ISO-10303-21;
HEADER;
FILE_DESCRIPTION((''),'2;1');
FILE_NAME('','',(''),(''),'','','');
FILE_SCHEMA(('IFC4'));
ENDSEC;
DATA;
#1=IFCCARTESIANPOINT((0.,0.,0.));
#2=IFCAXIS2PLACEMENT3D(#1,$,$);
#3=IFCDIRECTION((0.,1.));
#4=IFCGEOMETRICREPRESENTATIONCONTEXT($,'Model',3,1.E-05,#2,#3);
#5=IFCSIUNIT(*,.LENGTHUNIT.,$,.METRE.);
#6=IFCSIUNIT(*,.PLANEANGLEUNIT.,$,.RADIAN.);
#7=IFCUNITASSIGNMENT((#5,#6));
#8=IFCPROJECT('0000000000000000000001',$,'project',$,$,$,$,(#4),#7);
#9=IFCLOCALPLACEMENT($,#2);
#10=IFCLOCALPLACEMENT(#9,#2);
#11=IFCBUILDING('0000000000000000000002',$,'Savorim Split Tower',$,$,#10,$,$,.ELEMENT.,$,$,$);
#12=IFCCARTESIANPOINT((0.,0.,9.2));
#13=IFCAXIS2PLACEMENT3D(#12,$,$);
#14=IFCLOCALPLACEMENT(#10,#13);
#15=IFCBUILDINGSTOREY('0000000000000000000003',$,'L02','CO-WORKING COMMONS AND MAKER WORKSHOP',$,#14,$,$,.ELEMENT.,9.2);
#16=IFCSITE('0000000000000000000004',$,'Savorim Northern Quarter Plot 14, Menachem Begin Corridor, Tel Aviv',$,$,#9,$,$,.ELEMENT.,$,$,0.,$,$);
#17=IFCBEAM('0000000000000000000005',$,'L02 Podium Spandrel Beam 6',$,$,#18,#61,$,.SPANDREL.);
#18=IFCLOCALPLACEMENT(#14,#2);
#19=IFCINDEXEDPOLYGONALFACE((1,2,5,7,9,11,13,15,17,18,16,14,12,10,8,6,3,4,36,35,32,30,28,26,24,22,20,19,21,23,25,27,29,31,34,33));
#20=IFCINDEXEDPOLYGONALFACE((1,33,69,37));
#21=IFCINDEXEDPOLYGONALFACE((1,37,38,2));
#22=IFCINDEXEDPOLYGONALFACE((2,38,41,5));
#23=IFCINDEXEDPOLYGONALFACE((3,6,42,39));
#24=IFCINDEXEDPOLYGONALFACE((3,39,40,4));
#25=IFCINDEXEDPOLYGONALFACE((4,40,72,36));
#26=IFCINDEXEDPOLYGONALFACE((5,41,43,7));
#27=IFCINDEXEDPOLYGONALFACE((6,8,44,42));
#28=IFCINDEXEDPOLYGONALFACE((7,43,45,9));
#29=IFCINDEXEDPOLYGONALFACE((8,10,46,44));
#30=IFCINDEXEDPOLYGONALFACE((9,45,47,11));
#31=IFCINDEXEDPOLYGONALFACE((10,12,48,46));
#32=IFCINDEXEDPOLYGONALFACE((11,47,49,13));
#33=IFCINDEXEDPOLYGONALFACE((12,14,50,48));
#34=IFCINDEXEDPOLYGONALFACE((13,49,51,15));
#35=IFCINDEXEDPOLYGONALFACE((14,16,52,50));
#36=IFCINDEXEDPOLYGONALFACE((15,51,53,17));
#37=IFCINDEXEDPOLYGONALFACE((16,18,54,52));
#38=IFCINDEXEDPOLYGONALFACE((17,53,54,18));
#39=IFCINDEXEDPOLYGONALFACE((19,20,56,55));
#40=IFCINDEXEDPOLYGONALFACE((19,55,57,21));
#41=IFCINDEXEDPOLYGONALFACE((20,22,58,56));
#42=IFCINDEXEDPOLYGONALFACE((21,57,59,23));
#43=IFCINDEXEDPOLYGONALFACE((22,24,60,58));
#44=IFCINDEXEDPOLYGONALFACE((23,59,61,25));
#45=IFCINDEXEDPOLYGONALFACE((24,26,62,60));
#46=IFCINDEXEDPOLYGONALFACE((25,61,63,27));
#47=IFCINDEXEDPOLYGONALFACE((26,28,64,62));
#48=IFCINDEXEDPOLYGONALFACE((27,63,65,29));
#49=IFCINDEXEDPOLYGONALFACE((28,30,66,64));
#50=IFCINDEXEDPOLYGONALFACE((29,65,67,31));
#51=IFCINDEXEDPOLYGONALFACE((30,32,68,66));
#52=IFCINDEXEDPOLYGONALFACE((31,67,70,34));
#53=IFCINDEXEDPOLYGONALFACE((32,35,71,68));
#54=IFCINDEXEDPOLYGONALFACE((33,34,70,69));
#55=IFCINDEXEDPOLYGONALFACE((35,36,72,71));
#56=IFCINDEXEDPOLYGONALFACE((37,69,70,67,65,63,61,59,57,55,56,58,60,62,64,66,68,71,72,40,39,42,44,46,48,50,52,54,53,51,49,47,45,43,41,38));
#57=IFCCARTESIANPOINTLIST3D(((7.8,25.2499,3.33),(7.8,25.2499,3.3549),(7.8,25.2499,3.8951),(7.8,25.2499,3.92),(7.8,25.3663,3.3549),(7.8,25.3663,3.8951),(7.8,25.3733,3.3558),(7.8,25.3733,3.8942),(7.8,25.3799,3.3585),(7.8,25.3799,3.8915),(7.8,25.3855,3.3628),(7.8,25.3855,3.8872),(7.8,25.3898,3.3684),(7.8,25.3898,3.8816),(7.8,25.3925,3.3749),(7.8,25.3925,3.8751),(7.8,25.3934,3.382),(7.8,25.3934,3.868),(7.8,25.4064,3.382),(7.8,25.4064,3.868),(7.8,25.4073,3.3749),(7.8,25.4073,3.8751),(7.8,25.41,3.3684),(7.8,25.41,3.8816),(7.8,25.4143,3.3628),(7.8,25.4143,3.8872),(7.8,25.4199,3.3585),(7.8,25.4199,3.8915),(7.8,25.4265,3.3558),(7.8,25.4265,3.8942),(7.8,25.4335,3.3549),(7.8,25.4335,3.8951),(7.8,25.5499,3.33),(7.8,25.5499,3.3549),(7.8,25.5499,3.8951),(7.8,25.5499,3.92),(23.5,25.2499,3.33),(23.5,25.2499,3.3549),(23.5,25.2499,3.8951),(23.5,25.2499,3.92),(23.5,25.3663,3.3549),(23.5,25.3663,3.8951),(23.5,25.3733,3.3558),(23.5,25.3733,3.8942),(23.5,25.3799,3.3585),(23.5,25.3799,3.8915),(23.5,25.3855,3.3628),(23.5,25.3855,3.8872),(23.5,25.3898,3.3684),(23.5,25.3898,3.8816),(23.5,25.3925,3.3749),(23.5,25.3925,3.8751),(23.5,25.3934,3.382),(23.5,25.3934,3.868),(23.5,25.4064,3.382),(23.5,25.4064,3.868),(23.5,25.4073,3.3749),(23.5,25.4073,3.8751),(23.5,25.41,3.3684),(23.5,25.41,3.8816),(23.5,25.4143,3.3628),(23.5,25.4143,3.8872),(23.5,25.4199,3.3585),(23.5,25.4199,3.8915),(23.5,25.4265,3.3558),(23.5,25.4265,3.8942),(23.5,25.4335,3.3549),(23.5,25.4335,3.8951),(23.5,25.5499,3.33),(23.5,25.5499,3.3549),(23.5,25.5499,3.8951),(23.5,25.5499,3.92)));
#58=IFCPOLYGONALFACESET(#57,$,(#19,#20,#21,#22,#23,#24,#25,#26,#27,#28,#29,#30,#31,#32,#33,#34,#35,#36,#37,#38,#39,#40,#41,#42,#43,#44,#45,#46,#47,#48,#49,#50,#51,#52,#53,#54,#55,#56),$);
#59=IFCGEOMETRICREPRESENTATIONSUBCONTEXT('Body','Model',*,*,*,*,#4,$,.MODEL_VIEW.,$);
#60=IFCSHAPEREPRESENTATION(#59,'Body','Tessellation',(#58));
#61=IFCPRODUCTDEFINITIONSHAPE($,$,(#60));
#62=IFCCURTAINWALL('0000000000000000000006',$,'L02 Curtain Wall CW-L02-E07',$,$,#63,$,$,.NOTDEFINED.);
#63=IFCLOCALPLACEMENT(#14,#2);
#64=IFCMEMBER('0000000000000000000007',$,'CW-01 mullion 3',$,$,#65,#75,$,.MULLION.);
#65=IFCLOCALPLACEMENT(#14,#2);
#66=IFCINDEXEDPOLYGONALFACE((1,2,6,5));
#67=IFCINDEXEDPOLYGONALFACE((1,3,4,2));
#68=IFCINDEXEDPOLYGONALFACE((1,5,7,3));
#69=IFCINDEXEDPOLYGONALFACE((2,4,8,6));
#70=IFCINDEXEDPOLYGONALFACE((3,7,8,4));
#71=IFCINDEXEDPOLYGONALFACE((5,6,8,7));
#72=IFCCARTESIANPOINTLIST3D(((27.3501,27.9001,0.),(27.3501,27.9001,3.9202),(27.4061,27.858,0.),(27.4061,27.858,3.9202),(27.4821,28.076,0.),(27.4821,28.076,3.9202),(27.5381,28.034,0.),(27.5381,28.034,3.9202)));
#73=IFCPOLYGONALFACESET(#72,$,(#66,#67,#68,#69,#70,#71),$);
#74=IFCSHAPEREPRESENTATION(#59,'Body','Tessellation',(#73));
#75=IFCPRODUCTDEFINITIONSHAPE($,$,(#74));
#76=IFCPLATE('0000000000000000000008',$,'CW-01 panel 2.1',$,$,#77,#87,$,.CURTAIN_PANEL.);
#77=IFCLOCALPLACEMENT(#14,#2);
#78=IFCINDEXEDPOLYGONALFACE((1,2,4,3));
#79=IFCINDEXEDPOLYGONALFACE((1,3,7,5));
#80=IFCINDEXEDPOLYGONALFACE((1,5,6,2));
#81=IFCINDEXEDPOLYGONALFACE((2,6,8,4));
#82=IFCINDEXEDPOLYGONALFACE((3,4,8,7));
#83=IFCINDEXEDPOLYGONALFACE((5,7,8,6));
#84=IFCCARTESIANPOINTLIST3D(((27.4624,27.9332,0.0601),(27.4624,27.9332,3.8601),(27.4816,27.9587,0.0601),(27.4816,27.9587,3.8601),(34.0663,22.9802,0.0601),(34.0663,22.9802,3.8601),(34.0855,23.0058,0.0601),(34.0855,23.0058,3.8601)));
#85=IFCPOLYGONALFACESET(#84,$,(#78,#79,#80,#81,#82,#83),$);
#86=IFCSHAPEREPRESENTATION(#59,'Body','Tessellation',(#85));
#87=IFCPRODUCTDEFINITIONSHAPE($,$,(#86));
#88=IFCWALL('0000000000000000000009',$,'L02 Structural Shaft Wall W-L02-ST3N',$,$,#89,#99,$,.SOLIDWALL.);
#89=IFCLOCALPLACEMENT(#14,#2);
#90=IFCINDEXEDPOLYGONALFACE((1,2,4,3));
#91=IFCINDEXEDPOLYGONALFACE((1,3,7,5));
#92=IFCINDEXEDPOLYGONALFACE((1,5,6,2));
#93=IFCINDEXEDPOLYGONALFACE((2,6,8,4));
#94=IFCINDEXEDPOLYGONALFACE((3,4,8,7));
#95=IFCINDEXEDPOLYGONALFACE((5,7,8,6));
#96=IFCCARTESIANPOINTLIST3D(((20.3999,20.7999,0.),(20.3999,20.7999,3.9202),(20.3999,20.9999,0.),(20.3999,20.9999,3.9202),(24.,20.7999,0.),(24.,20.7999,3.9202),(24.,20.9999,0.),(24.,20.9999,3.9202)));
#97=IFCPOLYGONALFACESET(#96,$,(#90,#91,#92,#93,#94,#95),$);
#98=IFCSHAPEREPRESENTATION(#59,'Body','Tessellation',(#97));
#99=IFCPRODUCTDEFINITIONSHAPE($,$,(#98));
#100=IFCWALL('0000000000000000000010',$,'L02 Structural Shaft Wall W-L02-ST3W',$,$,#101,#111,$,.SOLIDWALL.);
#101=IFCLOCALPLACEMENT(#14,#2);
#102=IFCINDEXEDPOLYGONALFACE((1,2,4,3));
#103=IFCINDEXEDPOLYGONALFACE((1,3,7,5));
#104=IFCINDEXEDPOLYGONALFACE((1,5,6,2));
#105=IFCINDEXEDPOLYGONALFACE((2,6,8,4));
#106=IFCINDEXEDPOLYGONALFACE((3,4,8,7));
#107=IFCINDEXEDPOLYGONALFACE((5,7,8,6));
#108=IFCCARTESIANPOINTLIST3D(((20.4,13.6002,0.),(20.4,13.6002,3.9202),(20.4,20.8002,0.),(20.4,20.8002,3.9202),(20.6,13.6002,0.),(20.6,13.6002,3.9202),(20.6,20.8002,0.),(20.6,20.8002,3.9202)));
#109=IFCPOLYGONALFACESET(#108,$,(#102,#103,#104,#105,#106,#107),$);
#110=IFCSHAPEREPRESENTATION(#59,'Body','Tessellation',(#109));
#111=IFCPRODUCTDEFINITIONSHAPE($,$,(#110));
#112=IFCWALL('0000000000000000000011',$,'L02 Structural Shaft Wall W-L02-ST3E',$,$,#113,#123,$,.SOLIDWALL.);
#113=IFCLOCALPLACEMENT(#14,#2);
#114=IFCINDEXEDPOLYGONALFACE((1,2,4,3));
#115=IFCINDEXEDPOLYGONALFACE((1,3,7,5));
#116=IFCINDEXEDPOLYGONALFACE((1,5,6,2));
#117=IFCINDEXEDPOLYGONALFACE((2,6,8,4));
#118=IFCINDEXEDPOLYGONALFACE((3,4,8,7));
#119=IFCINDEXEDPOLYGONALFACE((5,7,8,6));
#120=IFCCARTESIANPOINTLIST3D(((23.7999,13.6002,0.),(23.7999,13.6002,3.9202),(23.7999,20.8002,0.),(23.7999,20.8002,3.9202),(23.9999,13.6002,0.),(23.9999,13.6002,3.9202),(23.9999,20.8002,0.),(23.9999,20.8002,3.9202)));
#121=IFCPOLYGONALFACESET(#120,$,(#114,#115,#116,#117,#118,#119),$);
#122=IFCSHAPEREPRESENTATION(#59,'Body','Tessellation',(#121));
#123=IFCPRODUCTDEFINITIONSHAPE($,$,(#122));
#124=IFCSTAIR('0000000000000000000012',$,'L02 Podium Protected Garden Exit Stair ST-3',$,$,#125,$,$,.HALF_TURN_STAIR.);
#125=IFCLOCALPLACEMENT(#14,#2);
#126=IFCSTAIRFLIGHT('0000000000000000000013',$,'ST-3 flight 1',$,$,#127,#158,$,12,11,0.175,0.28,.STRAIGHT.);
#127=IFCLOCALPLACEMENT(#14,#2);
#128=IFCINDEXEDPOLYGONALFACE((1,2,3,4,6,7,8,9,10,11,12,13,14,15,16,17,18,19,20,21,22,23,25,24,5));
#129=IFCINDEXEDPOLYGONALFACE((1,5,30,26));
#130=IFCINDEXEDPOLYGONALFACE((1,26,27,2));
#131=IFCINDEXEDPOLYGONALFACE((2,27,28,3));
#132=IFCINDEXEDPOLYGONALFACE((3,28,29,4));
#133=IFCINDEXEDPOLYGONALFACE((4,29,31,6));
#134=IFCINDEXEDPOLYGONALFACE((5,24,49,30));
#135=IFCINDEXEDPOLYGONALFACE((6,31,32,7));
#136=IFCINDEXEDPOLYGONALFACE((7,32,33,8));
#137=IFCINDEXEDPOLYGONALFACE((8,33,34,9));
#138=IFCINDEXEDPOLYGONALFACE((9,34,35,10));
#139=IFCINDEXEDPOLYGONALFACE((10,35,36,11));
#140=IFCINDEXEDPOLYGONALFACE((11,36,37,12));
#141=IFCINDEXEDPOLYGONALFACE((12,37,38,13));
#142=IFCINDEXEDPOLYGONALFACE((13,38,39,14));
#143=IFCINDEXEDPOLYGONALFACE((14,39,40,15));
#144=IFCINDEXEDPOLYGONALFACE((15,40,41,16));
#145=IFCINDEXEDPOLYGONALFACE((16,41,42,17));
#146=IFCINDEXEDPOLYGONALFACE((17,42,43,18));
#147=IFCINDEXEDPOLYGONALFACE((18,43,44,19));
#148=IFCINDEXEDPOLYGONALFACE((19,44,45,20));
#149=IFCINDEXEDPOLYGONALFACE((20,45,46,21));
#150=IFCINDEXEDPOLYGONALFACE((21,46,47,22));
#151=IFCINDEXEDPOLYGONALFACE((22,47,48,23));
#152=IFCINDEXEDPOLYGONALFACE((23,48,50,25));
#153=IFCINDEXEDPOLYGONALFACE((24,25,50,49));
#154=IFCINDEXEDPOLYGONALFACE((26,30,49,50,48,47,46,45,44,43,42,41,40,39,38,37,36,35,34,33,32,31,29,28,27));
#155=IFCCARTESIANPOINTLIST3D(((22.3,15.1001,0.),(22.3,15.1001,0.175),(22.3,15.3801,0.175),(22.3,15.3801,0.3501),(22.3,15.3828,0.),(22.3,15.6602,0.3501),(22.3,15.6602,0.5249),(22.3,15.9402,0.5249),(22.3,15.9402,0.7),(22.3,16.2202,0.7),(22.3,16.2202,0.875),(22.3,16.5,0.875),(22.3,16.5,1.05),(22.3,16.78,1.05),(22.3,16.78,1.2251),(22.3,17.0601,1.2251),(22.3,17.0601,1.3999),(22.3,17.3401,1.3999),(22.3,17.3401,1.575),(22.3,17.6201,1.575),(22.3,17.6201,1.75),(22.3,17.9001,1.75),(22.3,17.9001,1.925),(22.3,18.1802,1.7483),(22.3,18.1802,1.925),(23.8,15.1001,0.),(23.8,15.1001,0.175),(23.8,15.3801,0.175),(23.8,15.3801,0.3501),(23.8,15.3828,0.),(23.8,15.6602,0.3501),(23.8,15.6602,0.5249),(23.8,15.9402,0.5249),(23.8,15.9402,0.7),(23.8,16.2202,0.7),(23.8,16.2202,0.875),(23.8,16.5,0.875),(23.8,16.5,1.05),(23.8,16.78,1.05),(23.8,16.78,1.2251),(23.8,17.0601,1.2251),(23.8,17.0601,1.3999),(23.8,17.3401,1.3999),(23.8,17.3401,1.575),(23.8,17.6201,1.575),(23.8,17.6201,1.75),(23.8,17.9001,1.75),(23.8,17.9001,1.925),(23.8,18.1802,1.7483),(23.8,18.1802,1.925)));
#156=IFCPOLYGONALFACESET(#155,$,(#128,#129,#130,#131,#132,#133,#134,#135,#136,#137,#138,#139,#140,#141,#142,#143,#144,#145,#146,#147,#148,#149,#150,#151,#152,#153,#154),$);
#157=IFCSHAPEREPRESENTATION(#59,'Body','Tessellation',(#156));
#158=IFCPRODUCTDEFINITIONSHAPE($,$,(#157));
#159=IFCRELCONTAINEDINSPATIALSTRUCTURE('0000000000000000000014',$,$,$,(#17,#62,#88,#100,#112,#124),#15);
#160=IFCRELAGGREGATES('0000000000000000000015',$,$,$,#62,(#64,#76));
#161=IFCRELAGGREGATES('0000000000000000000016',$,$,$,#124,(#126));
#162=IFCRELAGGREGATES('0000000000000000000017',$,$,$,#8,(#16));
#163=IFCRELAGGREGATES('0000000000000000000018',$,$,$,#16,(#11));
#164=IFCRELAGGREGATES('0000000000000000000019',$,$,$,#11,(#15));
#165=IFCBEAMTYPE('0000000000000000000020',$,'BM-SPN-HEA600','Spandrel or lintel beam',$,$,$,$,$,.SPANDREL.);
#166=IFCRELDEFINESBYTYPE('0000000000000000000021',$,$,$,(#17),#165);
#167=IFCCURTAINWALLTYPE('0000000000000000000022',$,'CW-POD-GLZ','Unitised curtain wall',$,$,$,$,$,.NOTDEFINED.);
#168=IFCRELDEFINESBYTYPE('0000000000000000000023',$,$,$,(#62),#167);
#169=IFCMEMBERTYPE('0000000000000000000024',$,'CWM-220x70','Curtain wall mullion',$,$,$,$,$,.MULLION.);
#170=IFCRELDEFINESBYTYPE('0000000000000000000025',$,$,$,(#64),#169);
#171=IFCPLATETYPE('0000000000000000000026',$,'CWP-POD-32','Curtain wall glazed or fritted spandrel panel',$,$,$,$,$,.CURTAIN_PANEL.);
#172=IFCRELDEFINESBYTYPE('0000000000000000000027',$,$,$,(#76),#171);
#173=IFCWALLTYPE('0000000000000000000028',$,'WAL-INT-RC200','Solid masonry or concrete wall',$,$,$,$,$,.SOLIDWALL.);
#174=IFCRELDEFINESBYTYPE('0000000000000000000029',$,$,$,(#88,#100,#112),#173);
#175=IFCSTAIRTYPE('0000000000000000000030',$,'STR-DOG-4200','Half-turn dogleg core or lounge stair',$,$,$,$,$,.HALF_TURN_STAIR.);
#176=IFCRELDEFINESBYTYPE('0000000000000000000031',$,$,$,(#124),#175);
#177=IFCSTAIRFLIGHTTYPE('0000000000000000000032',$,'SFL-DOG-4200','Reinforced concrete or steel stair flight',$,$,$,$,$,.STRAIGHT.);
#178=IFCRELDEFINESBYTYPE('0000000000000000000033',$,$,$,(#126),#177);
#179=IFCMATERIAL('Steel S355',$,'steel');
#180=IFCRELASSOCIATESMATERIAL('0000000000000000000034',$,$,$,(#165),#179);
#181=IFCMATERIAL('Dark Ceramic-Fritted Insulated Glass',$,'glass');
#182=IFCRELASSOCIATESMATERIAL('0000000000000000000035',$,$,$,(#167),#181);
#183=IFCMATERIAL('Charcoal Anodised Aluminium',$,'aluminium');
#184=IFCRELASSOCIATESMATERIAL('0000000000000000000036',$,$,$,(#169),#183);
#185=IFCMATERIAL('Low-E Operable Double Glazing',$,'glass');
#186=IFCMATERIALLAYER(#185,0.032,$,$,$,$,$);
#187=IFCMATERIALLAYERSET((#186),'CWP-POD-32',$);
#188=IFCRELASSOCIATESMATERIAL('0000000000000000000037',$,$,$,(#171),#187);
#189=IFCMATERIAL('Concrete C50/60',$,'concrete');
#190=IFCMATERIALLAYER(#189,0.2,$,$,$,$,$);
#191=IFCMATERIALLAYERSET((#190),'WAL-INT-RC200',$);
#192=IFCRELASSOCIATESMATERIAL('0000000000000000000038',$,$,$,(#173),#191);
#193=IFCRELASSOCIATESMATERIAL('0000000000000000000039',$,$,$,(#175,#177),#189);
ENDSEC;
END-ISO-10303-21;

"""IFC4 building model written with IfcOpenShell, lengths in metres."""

from ifc_helpers import new_model, si_unit, direction, frame, frame_2d, origin, origin_2d, place, context, subcontext, project, spatial, polyline, rectangle, i_section, outline, extrude, material, layer, layer_set, material_profile, profile_set, type_object, element, aggregate, save


model = new_model("IFC4")

# Units and contexts
model_context = context("Model", 3, precision=1e-05, world=origin(), true_north=direction((0.0, 1.0)))
body_context = subcontext(model_context, "Body", "Model", "MODEL_VIEW")
ifc_project = project(units=[si_unit("LENGTHUNIT", "METRE"), si_unit("PLANEANGLEUNIT", "RADIAN")], contexts=[model_context])

# Site, building, storey
site_placement = place(None, origin())
site = spatial("IfcSite", under=ifc_project, at=site_placement, Name="Savorim Northern Quarter Plot 14, Menachem Begin Corridor, Tel Aviv", CompositionType="ELEMENT", RefElevation=0.0)
building_placement = place(site_placement, origin())
building = spatial("IfcBuilding", under=site, at=building_placement, Name="Savorim Split Tower", CompositionType="ELEMENT")
storey_placement = place(building_placement, frame((0.0, 0.0, 9.2)))
storey = spatial("IfcBuildingStorey", under=building, at=storey_placement, Name="L02", Description="CO-WORKING COMMONS AND MAKER WORKSHOP", CompositionType="ELEMENT", Elevation=9.2)

# Beam
ifc_material_1 = material(Name="Steel S355", Category="steel")
ifc_material_profile_1 = material_profile(ifc_material_1, i_section(OverallWidth=0.3, OverallDepth=0.5901, WebThickness=0.0129, FlangeThickness=0.0249, FilletRadius=0.0271, at=origin_2d()), Name="HEA 600")
ifc_profile_set_1 = profile_set([ifc_material_profile_1], Name="Steel S355")
beam_type_1 = type_object("IfcBeamType", Name="BM-SPN-HEA600", Description="Spandrel or lintel beam", PredefinedType="SPANDREL", material=ifc_profile_set_1)
beam_1_placement = place(storey_placement, frame((23.5, 25.3999, 3.625), z_axis=(-1.0, 0.0, 0.0), x_axis=(0.0, -1.0, 0.0)))
element("IfcBeam", 1, at=beam_1_placement, inside=storey, type_object=beam_type_1, Name="L02 Podium Spandrel Beam 6", PredefinedType="SPANDREL", context=body_context, shape_type="SweptSolid", body=[
    extrude(i_section(OverallWidth=0.3, OverallDepth=0.5901, WebThickness=0.0129, FlangeThickness=0.0249, FilletRadius=0.0271, at=origin_2d()), origin(), (0.0, 0.0, 1.0), 15.7),
])

# Curtain wall, member, plate
ifc_material_2 = material(Name="Dark Ceramic-Fritted Insulated Glass", Category="glass")
curtain_wall_type = type_object("IfcCurtainWallType", Name="CW-POD-GLZ", Description="Unitised curtain wall", PredefinedType="NOTDEFINED", material=ifc_material_2)
curtain_wall_placement = place(storey_placement, origin())
curtain_wall = element("IfcCurtainWall", 2, at=curtain_wall_placement, inside=storey, type_object=curtain_wall_type, Name="L02 Curtain Wall CW-L02-E07", PredefinedType="NOTDEFINED")
ifc_material_3 = material(Name="Charcoal Anodised Aluminium", Category="aluminium")
ifc_material_profile_2 = material_profile(ifc_material_3, rectangle(XDim=0.22, YDim=0.0701, at=origin_2d()), Name="ALU-M 220x70")
ifc_profile_set_2 = profile_set([ifc_material_profile_2], Name="Charcoal Anodised Aluminium")
member_type = type_object("IfcMemberType", Name="CWM-220x70", Description="Curtain wall mullion", PredefinedType="MULLION", material=ifc_profile_set_2)
member_placement = place(storey_placement, frame((27.4441, 27.967, 0.0), z_axis=(0.0, 0.0, 1.0), x_axis=(-0.6, -0.8, 0.0)))
member = element("IfcMember", 3, at=member_placement, type_object=member_type, Name="CW-01 mullion 3", PredefinedType="MULLION", context=body_context, shape_type="SweptSolid", body=[
    extrude(rectangle(XDim=0.22, YDim=0.0701, at=origin_2d()), origin(), (0.0, 0.0, 1.0), 3.9202),
])
ifc_material_4 = material(Name="Low-E Operable Double Glazing", Category="glass")
ifc_layer_1 = layer(ifc_material_4, 0.032)
ifc_layer_set_1 = layer_set([ifc_layer_1], Name="CWP-POD-32")
plate_type = type_object("IfcPlateType", Name="CWP-POD-32", Description="Curtain wall glazed or fritted spandrel panel", PredefinedType="CURTAIN_PANEL", material=ifc_layer_set_1)
plate_placement = place(storey_placement, frame((30.7739, 25.4695, 0.0601), z_axis=(0.0, 0.0, 1.0), x_axis=(-0.8, 0.6, 0.0)))
plate = element("IfcPlate", 4, at=plate_placement, type_object=plate_type, Name="CW-01 panel 2.1", PredefinedType="CURTAIN_PANEL", context=body_context, shape_type="SweptSolid", body=[
    extrude(rectangle(XDim=8.2549, YDim=0.032, at=origin_2d()), origin(), (0.0, 0.0, 1.0), 3.8),
])
aggregate(curtain_wall, [member, plate])

# Shared definitions
ifc_material_5 = material(Name="Concrete C50/60", Category="concrete")
ifc_layer_2 = layer(ifc_material_5, 0.2)
ifc_layer_set_2 = layer_set([ifc_layer_2], Name="WAL-INT-RC200")
wall_type = type_object("IfcWallType", Name="WAL-INT-RC200", Description="Solid masonry or concrete wall", PredefinedType="SOLIDWALL", material=ifc_layer_set_2)

# Walls
wall_1_placement = place(storey_placement, frame((20.3999, 20.8999, 0.0), z_axis=(0.0, 0.0, 1.0), x_axis=(1.0, 0.0, 0.0)))
element("IfcWall", 5, at=wall_1_placement, inside=storey, type_object=wall_type, Name="L02 Structural Shaft Wall W-L02-ST3N", PredefinedType="SOLIDWALL", context=body_context, shape_type="SweptSolid", body=[
    extrude(rectangle(XDim=3.6001, YDim=0.2, at=frame_2d((1.8, 0.0))), origin(), (0.0, 0.0, 1.0), 3.9202),
])
for number, where, z_axis, x_axis, name in (
    (6, (20.5, 13.6001, 0.0), (0.0, 0.0, 1.0), (0.0, 1.0, 0.0), "L02 Structural Shaft Wall W-L02-ST3W"),
    (7, (23.8999, 13.6001, 0.0), (0.0, 0.0, 1.0), (0.0, 1.0, 0.0), "L02 Structural Shaft Wall W-L02-ST3E"),
):
    element("IfcWall", number, at=place(storey_placement, frame(where, z_axis=z_axis, x_axis=x_axis)), inside=storey, type_object=wall_type, Name=name, PredefinedType="SOLIDWALL", context=body_context, shape_type="SweptSolid", body=[
        extrude(rectangle(XDim=7.2, YDim=0.2, at=frame_2d((3.6001, 0.0))), origin(), (0.0, 0.0, 1.0), 3.9202),
    ])

# Stair, stair flight
stair_type = type_object("IfcStairType", Name="STR-DOG-4200", Description="Half-turn dogleg core or lounge stair", PredefinedType="HALF_TURN_STAIR", material=ifc_material_5)
stair_placement = place(storey_placement, origin())
stair = element("IfcStair", 8, at=stair_placement, inside=storey, type_object=stair_type, Name="L02 Podium Protected Garden Exit Stair ST-3", PredefinedType="HALF_TURN_STAIR")
stair_flight_type = type_object("IfcStairFlightType", Name="SFL-DOG-4200", Description="Reinforced concrete or steel stair flight", PredefinedType="STRAIGHT", material=ifc_material_5)
stair_flight_1_placement = place(storey_placement, frame((23.05, 15.1001, 0.0), z_axis=(0.0, 0.0, 1.0), x_axis=(0.0, 1.0, 0.0)))
stair_flight_1 = element("IfcStairFlight", 9, at=stair_flight_1_placement, type_object=stair_flight_type, Name="ST-3 flight 1", NumberOfRisers=12, NumberOfTreads=11, PredefinedType="STRAIGHT", RiserHeight=0.175, TreadLength=0.28, context=body_context, shape_type="SweptSolid", body=[
    extrude(outline(polyline([(0.0, 0.0), (0.0, 0.175), (0.28, 0.175), (0.28, 0.3501), (0.5601, 0.3501), (0.5601, 0.5249), (0.8401, 0.5249), (0.8401, 0.7), (1.1201, 0.7), (1.1201, 0.875), (1.3999, 0.875), (1.3999, 1.05), (1.6799, 1.05), (1.6799, 1.2251), (1.96, 1.2251), (1.96, 1.3999), (2.24, 1.3999), (2.24, 1.575), (2.52, 1.575), (2.52, 1.75), (2.8, 1.75), (2.8, 1.925), (3.0801, 1.925), (3.0801, 2.1001), (3.0801, 1.7483), (0.2827, 0.0), (0.0, 0.0)])), frame((0.0, 0.75, 0.0), z_axis=(0.0, -1.0, 0.0), x_axis=(1.0, 0.0, 0.0)), (0.0, 0.0, 1.0), 1.5),
])
aggregate(stair, [stair_flight_1])

save(model, "model.ifc")
